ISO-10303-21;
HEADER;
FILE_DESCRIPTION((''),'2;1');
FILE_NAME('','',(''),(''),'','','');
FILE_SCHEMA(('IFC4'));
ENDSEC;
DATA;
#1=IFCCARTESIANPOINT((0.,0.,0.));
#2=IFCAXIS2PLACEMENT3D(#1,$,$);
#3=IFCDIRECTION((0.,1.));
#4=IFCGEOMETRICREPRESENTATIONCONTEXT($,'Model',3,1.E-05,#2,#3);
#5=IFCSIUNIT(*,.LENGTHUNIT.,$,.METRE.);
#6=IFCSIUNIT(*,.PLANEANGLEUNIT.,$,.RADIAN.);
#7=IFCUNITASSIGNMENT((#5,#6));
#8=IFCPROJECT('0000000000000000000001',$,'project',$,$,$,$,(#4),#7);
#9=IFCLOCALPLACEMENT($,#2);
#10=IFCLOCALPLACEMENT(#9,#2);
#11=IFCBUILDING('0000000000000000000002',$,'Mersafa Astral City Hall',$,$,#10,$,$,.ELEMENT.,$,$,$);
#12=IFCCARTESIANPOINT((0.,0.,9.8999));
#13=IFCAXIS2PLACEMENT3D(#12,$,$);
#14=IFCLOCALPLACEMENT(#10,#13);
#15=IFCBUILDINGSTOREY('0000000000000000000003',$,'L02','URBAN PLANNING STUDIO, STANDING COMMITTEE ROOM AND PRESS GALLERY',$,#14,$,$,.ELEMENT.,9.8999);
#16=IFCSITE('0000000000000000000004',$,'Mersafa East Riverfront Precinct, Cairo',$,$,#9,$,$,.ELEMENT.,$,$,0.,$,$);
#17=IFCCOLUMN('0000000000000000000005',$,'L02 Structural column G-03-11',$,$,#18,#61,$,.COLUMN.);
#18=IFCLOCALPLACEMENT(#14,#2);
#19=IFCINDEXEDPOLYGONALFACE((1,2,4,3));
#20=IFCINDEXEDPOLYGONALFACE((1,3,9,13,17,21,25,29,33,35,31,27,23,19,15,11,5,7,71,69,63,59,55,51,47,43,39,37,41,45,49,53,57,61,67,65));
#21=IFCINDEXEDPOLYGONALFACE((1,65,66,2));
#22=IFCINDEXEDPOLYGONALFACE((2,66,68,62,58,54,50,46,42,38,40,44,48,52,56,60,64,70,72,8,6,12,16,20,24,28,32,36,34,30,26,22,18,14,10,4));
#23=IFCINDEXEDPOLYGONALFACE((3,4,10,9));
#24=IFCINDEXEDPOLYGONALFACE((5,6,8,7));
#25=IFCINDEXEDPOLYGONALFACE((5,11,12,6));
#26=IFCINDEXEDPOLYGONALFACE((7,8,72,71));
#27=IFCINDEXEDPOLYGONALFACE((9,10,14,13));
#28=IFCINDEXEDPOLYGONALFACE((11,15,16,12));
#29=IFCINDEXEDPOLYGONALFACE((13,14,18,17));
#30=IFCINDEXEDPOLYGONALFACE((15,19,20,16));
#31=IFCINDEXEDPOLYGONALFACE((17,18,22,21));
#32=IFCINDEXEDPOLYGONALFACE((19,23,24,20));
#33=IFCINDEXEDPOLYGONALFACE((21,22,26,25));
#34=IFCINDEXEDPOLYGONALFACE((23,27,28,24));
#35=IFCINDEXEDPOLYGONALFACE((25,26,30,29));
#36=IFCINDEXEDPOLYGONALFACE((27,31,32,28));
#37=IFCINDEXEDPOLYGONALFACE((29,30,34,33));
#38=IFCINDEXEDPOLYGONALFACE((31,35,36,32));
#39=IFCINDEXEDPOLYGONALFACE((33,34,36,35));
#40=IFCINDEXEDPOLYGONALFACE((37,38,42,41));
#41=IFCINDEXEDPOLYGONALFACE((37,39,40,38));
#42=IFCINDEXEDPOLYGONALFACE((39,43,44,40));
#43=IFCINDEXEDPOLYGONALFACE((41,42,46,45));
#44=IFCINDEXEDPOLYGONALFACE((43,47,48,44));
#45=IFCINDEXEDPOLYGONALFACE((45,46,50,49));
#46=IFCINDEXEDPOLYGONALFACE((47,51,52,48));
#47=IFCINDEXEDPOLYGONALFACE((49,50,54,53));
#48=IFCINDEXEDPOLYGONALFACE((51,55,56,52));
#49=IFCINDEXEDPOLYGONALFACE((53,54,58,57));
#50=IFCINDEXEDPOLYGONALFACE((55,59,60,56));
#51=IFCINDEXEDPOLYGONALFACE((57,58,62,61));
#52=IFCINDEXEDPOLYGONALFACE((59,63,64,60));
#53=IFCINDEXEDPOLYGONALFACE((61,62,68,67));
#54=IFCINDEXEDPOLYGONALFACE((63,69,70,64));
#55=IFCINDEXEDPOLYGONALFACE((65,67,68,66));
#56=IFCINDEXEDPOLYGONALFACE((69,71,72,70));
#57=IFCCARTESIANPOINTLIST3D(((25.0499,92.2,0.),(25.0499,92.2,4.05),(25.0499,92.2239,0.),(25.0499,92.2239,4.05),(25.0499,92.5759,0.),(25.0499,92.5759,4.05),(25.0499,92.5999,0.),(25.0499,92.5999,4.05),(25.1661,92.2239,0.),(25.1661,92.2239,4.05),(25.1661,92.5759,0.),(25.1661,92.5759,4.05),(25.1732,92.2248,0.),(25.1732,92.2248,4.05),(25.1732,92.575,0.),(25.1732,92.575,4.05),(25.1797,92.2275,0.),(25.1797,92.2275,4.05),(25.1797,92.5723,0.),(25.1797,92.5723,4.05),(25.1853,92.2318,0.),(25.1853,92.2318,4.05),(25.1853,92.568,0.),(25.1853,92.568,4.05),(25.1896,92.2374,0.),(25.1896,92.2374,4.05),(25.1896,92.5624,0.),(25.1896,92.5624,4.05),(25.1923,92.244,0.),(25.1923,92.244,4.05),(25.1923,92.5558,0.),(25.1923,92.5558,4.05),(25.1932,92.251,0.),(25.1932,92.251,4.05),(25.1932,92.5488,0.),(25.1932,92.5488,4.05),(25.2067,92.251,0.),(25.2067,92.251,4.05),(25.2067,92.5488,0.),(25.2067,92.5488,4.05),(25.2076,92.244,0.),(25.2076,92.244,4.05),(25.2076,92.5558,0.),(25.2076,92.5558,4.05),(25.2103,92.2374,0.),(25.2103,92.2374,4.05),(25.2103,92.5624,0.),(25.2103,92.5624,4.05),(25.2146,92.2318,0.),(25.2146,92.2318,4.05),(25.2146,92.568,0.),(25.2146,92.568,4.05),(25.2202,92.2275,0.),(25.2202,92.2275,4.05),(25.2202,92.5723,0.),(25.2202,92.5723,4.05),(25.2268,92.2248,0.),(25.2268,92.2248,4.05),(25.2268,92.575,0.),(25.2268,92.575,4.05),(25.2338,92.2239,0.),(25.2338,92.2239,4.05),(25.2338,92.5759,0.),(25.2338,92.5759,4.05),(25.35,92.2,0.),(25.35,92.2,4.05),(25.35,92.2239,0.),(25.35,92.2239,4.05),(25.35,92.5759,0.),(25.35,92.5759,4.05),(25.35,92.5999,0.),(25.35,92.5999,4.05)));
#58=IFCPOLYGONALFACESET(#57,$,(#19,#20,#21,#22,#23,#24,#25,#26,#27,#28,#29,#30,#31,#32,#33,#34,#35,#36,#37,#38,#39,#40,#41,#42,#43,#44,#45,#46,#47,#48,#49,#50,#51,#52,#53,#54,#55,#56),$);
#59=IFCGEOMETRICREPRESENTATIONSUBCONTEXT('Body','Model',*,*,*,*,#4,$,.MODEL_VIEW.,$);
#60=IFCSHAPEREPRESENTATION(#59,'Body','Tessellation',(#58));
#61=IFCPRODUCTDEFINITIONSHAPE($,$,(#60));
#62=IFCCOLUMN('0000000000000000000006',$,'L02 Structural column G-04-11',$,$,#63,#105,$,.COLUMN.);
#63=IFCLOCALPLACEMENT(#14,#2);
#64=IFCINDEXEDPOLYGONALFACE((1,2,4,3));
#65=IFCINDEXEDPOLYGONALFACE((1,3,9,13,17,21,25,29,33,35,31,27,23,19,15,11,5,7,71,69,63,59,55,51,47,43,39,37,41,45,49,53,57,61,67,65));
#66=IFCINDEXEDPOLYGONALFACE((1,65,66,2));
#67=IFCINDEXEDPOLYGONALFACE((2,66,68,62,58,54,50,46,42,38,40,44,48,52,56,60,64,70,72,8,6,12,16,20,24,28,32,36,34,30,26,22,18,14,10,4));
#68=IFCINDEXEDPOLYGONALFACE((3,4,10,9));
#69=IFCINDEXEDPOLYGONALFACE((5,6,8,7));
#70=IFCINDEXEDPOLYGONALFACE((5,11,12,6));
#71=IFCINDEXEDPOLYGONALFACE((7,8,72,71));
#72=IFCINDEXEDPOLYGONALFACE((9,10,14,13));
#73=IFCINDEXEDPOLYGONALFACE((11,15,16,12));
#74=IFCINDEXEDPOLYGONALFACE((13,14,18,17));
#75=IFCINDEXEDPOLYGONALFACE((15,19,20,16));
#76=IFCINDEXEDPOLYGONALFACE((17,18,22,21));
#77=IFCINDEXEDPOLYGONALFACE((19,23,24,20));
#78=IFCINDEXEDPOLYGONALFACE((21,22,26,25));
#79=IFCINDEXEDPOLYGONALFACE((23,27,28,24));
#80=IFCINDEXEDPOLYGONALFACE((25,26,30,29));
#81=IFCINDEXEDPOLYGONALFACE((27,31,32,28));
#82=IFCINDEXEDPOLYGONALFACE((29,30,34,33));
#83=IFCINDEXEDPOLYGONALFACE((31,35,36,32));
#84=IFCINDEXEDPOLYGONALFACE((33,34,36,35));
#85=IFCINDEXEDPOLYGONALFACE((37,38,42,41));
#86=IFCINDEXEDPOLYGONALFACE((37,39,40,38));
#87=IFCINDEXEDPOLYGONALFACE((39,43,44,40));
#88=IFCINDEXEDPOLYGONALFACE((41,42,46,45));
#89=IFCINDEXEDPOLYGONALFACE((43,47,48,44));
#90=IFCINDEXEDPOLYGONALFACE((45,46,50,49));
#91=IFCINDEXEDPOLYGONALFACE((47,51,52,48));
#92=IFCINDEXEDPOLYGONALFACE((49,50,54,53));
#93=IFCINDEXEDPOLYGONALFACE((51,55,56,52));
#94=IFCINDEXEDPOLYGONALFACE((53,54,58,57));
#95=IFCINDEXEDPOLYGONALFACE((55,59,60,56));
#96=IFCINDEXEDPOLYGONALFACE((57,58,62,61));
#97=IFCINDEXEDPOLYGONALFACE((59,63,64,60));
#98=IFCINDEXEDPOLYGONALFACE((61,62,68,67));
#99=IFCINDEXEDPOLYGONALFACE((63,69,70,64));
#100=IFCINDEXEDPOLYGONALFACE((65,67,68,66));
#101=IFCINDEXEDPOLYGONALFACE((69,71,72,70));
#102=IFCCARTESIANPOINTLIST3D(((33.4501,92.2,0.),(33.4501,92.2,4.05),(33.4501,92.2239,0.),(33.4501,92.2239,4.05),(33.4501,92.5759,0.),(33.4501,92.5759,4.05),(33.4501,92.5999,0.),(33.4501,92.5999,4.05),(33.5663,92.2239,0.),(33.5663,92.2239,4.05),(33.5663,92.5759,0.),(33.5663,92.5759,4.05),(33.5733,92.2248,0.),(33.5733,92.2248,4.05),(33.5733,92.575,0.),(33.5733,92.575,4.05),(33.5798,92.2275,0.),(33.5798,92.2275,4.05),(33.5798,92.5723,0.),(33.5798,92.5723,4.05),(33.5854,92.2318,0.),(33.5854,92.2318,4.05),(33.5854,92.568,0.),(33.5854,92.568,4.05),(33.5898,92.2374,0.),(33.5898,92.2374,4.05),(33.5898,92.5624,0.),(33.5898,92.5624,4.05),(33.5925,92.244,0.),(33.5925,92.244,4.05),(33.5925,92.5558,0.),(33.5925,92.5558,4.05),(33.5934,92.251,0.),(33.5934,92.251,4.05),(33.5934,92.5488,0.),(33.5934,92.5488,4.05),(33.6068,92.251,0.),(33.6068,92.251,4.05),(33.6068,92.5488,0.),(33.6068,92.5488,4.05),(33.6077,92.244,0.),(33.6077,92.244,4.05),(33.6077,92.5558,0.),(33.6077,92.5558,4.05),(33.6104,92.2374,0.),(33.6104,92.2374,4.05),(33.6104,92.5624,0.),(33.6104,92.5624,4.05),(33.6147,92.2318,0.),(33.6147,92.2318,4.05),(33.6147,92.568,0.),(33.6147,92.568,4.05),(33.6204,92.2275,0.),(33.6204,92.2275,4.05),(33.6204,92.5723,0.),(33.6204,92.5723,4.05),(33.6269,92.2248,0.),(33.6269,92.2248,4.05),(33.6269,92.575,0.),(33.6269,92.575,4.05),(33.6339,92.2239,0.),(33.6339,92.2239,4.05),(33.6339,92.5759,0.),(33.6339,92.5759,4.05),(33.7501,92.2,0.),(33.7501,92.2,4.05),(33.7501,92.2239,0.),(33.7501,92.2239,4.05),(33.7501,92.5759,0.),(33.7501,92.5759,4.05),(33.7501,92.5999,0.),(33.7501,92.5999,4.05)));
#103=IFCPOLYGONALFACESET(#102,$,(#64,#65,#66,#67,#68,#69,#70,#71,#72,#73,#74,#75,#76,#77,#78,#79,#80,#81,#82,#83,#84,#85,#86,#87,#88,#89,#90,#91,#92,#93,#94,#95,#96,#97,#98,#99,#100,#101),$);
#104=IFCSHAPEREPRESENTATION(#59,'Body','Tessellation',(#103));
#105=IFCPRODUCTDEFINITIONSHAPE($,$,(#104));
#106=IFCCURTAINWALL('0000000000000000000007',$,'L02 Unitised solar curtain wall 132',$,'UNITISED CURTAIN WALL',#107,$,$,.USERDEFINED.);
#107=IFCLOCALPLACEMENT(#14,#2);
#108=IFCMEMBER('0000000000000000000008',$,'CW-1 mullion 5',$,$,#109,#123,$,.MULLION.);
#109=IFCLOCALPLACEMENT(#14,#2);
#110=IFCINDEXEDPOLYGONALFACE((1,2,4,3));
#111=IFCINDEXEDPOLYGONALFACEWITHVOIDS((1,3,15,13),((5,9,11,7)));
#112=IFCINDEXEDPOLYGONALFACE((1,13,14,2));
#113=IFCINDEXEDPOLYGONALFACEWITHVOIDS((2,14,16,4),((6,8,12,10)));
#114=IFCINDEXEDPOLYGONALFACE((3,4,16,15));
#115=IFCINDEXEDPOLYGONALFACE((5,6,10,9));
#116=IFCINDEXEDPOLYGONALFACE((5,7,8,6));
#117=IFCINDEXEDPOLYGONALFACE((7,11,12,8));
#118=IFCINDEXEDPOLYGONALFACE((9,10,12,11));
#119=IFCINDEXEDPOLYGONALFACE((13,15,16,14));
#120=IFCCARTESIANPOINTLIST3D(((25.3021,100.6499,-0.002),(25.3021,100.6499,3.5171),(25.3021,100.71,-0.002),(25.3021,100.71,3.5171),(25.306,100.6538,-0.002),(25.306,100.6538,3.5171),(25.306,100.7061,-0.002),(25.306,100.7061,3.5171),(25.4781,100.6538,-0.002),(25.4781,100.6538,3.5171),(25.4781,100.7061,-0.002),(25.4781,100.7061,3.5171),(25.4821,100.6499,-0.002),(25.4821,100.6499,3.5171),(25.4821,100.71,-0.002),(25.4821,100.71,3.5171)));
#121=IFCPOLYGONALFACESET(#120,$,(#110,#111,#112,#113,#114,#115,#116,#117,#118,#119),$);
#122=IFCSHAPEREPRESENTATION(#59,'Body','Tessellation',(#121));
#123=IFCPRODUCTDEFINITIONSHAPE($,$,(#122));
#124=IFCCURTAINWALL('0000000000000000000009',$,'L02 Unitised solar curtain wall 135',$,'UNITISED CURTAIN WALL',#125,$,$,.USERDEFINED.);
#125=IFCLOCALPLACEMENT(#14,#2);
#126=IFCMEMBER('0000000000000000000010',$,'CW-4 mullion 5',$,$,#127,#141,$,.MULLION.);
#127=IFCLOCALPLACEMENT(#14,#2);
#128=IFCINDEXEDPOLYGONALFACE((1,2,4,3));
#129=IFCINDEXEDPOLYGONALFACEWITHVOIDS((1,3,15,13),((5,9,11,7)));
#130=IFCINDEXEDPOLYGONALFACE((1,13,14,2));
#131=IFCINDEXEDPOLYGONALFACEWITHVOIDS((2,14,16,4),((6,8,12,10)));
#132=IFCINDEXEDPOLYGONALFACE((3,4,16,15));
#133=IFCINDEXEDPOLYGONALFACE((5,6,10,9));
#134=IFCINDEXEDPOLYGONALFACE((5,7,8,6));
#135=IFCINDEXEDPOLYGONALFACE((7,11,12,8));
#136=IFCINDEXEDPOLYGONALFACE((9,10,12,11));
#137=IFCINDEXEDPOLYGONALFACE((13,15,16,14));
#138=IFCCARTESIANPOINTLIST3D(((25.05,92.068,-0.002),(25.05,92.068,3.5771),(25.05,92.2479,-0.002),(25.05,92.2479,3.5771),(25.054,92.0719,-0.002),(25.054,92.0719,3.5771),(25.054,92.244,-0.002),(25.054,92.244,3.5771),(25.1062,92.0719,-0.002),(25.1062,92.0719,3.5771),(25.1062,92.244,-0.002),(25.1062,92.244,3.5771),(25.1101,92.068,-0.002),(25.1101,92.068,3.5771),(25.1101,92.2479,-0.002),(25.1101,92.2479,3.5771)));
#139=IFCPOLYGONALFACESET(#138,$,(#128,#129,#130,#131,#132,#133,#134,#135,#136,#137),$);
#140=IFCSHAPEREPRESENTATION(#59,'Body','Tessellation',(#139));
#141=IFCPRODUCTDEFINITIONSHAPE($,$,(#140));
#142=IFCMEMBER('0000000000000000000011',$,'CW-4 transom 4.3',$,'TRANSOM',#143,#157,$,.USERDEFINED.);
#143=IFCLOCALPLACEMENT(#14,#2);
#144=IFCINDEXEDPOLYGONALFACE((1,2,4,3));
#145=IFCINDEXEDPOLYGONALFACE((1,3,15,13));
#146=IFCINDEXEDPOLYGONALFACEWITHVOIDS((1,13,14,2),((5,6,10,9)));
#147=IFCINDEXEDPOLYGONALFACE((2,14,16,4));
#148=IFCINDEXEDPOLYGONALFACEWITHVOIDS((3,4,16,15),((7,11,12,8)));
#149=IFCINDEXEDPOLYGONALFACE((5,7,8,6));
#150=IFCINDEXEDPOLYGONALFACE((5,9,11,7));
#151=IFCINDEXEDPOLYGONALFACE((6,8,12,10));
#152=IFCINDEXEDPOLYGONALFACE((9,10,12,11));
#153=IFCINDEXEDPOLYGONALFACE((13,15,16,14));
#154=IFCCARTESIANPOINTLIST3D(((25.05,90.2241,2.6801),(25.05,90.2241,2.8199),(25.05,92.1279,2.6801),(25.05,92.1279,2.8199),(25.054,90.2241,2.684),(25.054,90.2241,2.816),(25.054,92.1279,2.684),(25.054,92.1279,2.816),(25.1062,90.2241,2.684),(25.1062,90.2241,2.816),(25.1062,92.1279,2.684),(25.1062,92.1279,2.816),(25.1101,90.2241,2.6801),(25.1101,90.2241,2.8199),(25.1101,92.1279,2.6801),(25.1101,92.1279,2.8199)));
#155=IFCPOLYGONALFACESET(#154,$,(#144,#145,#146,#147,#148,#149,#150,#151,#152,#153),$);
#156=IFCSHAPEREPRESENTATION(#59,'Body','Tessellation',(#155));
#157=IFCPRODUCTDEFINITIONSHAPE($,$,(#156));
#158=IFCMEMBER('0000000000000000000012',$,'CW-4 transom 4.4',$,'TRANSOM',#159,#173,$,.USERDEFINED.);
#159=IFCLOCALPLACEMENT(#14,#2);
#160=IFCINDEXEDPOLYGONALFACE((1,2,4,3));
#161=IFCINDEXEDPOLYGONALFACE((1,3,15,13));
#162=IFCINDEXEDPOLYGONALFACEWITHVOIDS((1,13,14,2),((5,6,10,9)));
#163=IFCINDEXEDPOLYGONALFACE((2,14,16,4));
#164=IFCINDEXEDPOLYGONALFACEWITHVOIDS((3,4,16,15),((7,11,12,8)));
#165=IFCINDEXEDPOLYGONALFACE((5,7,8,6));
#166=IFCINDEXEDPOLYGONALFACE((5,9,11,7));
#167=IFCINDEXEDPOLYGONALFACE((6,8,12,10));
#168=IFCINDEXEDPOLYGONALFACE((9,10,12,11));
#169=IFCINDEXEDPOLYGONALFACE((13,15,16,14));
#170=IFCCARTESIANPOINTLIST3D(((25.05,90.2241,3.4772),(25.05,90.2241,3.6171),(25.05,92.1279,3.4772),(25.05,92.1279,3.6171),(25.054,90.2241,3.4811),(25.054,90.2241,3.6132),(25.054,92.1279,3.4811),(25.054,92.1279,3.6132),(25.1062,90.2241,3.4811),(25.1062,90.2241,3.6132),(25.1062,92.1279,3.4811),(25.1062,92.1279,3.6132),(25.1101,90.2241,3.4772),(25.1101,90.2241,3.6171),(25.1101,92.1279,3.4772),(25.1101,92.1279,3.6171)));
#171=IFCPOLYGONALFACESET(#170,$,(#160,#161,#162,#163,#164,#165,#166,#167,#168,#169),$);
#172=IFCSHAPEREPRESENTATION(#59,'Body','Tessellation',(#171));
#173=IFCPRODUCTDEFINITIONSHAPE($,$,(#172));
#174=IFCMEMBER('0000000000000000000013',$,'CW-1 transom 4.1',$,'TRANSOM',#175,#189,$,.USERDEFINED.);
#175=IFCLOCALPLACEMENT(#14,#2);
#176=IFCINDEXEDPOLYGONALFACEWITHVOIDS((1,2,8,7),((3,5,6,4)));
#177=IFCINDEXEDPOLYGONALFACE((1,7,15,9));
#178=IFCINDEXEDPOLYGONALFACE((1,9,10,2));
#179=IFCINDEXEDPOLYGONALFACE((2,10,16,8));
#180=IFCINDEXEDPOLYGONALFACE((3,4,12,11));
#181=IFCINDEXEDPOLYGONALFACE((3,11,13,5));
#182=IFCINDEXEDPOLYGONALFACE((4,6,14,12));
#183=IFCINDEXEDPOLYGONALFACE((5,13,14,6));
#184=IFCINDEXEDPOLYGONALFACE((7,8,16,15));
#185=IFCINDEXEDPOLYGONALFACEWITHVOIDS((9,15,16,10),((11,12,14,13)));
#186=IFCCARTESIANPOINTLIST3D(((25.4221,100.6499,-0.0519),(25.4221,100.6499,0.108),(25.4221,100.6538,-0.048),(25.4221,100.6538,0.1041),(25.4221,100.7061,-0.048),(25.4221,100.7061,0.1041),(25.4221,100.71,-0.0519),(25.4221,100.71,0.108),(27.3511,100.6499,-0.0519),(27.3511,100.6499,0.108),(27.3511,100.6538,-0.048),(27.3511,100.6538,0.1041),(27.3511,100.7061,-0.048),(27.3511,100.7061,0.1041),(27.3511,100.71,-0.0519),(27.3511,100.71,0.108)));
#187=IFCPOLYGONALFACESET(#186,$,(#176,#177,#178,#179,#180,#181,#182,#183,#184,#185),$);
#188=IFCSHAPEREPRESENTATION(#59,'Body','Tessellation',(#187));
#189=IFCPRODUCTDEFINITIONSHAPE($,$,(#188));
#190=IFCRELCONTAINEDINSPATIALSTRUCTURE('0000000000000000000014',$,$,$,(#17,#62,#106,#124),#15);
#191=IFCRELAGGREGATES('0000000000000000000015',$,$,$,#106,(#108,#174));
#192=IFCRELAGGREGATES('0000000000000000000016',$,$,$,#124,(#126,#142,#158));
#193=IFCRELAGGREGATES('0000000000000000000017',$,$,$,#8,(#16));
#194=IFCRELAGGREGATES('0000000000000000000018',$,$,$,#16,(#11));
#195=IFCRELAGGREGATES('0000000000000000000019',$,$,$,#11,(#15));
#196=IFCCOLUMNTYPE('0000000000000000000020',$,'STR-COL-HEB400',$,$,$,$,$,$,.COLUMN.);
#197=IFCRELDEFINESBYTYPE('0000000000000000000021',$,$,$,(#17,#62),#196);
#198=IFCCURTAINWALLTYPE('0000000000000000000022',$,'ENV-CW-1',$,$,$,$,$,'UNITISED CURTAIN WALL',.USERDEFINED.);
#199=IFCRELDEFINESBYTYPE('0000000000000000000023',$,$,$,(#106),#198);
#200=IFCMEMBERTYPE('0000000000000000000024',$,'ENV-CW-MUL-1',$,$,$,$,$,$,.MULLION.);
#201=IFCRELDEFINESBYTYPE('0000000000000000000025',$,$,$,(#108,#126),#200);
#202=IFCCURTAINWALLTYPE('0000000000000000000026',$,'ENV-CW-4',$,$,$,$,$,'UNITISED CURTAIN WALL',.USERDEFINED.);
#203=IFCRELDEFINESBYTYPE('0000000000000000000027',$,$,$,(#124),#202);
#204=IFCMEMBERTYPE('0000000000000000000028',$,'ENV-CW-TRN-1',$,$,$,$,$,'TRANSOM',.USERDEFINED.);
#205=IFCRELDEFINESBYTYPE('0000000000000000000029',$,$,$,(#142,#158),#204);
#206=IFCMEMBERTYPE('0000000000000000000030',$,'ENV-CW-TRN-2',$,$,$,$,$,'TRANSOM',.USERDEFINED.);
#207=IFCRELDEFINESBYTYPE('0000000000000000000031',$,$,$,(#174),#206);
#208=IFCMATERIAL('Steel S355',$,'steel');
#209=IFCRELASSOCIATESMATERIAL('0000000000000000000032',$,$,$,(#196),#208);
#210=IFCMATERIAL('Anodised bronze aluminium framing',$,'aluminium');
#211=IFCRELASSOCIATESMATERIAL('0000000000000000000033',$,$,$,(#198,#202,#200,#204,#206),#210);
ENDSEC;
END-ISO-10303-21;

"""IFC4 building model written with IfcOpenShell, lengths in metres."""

from ifc_helpers import new_model, si_unit, direction, frame, origin, origin_2d, place, context, subcontext, project, spatial, hollow_rectangle, i_section, extrude, material, material_profile, profile_set, type_object, element, aggregate, save


model = new_model("IFC4")

# Units and contexts
model_context = context("Model", 3, precision=1e-05, world=origin(), true_north=direction((0.0, 1.0)))
body_context = subcontext(model_context, "Body", "Model", "MODEL_VIEW")
ifc_project = project(units=[si_unit("LENGTHUNIT", "METRE"), si_unit("PLANEANGLEUNIT", "RADIAN")], contexts=[model_context])

# Site, building, storey
site_placement = place(None, origin())
site = spatial("IfcSite", under=ifc_project, at=site_placement, Name="Mersafa East Riverfront Precinct, Cairo", CompositionType="ELEMENT", RefElevation=0.0)
building_placement = place(site_placement, origin())
building = spatial("IfcBuilding", under=site, at=building_placement, Name="Mersafa Astral City Hall", CompositionType="ELEMENT")
storey_placement = place(building_placement, frame((0.0, 0.0, 9.8999)))
storey = spatial("IfcBuildingStorey", under=building, at=storey_placement, Name="L02", Description="URBAN PLANNING STUDIO, STANDING COMMITTEE ROOM AND PRESS GALLERY", CompositionType="ELEMENT", Elevation=9.8999)

# Columns
ifc_material_1 = material(Name="Steel S355", Category="steel")
ifc_material_profile_1 = material_profile(ifc_material_1, i_section(OverallWidth=0.3, OverallDepth=0.3999, WebThickness=0.0134, FlangeThickness=0.0239, FilletRadius=0.0271, at=origin_2d()), Name="HEB 400")
ifc_profile_set_1 = profile_set([ifc_material_profile_1], Name="Steel S355")
column_type = type_object("IfcColumnType", Name="STR-COL-HEB400", PredefinedType="COLUMN", material=ifc_profile_set_1)
for number, where, z_axis, x_axis, name in (
    (1, (25.2, 92.3999, 0.0), (0.0, 0.0, 1.0), (1.0, 0.0, 0.0), "L02 Structural column G-03-11"),
    (2, (33.6001, 92.3999, 0.0), (0.0, 0.0, 1.0), (1.0, 0.0, 0.0), "L02 Structural column G-04-11"),
):
    element("IfcColumn", number, at=place(storey_placement, frame(where, z_axis=z_axis, x_axis=x_axis)), inside=storey, type_object=column_type, Name=name, PredefinedType="COLUMN", context=body_context, shape_type="SweptSolid", body=[
        extrude(i_section(OverallWidth=0.3, OverallDepth=0.3999, WebThickness=0.0134, FlangeThickness=0.0239, FilletRadius=0.0271, at=origin_2d()), origin(), (0.0, 0.0, 1.0), 4.05),
    ])

# Curtain wall, member
ifc_material_2 = material(Name="Anodised bronze aluminium framing", Category="aluminium")
curtain_wall_type_1 = type_object("IfcCurtainWallType", Name="ENV-CW-1", ElementType="UNITISED CURTAIN WALL", PredefinedType="USERDEFINED", material=ifc_material_2)
curtain_wall_1_placement = place(storey_placement, origin())
curtain_wall_1 = element("IfcCurtainWall", 3, at=curtain_wall_1_placement, inside=storey, type_object=curtain_wall_type_1, Name="L02 Unitised solar curtain wall 132", ObjectType="UNITISED CURTAIN WALL", PredefinedType="USERDEFINED")
ifc_material_profile_2 = material_profile(ifc_material_2, hollow_rectangle(XDim=0.0601, YDim=0.1799, WallThickness=0.0039, at=origin_2d()), Name="RHS 60x180x4")
ifc_profile_set_2 = profile_set([ifc_material_profile_2], Name="Anodised bronze aluminium framing")
member_type_1 = type_object("IfcMemberType", Name="ENV-CW-MUL-1", PredefinedType="MULLION", material=ifc_profile_set_2)
member_1_placement = place(storey_placement, frame((25.3921, 100.6799, -0.002), z_axis=(0.0, 0.0, 1.0), x_axis=(0.0, -1.0, 0.0)))
member_1 = element("IfcMember", 4, at=member_1_placement, type_object=member_type_1, Name="CW-1 mullion 5", PredefinedType="MULLION", context=body_context, shape_type="SweptSolid", body=[
    extrude(hollow_rectangle(XDim=0.0601, YDim=0.1799, WallThickness=0.0039, at=origin_2d()), origin(), (0.0, 0.0, 1.0), 3.519),
])

# Curtain wall, members
curtain_wall_type_2 = type_object("IfcCurtainWallType", Name="ENV-CW-4", ElementType="UNITISED CURTAIN WALL", PredefinedType="USERDEFINED", material=ifc_material_2)
curtain_wall_2_placement = place(storey_placement, origin())
curtain_wall_2 = element("IfcCurtainWall", 5, at=curtain_wall_2_placement, inside=storey, type_object=curtain_wall_type_2, Name="L02 Unitised solar curtain wall 135", ObjectType="UNITISED CURTAIN WALL", PredefinedType="USERDEFINED")
member_2_placement = place(storey_placement, frame((25.0801, 92.158, -0.002), z_axis=(0.0, 0.0, 1.0), x_axis=(-1.0, 0.0, 0.0)))
member_2 = element("IfcMember", 6, at=member_2_placement, type_object=member_type_1, Name="CW-4 mullion 5", PredefinedType="MULLION", context=body_context, shape_type="SweptSolid", body=[
    extrude(hollow_rectangle(XDim=0.0601, YDim=0.1799, WallThickness=0.0039, at=origin_2d()), origin(), (0.0, 0.0, 1.0), 3.5791),
])
ifc_material_profile_3 = material_profile(ifc_material_2, hollow_rectangle(XDim=0.0601, YDim=0.1399, WallThickness=0.0039, at=origin_2d()), Name="RHS 60x140x4")
ifc_profile_set_3 = profile_set([ifc_material_profile_3], Name="Anodised bronze aluminium framing")
member_type_2 = type_object("IfcMemberType", Name="ENV-CW-TRN-1", ElementType="TRANSOM", PredefinedType="USERDEFINED", material=ifc_profile_set_3)
member_3_placement = place(storey_placement, frame((25.0801, 90.2241, 2.75), z_axis=(0.0, 1.0, 0.0), x_axis=(-1.0, 0.0, 0.0)))
member_3 = element("IfcMember", 7, at=member_3_placement, type_object=member_type_2, Name="CW-4 transom 4.3", ObjectType="TRANSOM", PredefinedType="USERDEFINED", context=body_context, shape_type="SweptSolid", body=[
    extrude(hollow_rectangle(XDim=0.0601, YDim=0.1399, WallThickness=0.0039, at=origin_2d()), origin(), (0.0, 0.0, 1.0), 1.9038),
])
member_4_placement = place(storey_placement, frame((25.0801, 90.2241, 3.5471), z_axis=(0.0, 1.0, 0.0), x_axis=(-1.0, 0.0, 0.0)))
member_4 = element("IfcMember", 8, at=member_4_placement, type_object=member_type_2, Name="CW-4 transom 4.4", ObjectType="TRANSOM", PredefinedType="USERDEFINED", context=body_context, shape_type="SweptSolid", body=[
    extrude(hollow_rectangle(XDim=0.0601, YDim=0.1399, WallThickness=0.0039, at=origin_2d()), origin(), (0.0, 0.0, 1.0), 1.9038),
])

# Member
ifc_material_profile_4 = material_profile(ifc_material_2, hollow_rectangle(XDim=0.0601, YDim=0.1599, WallThickness=0.0039, at=origin_2d()), Name="RHS 60x160x4")
ifc_profile_set_4 = profile_set([ifc_material_profile_4], Name="Anodised bronze aluminium framing")
member_type_3 = type_object("IfcMemberType", Name="ENV-CW-TRN-2", ElementType="TRANSOM", PredefinedType="USERDEFINED", material=ifc_profile_set_4)
member_5_placement = place(storey_placement, frame((27.3511, 100.6799, 0.0281), z_axis=(-1.0, 0.0, 0.0), x_axis=(0.0, -1.0, 0.0)))
member_5 = element("IfcMember", 9, at=member_5_placement, type_object=member_type_3, Name="CW-1 transom 4.1", ObjectType="TRANSOM", PredefinedType="USERDEFINED", context=body_context, shape_type="SweptSolid", body=[
    extrude(hollow_rectangle(XDim=0.0601, YDim=0.1599, WallThickness=0.0039, at=origin_2d()), origin(), (0.0, 0.0, 1.0), 1.929),
])

aggregate(curtain_wall_1, [member_1, member_5])
aggregate(curtain_wall_2, [member_2, member_3, member_4])

save(model, "model.ifc")
